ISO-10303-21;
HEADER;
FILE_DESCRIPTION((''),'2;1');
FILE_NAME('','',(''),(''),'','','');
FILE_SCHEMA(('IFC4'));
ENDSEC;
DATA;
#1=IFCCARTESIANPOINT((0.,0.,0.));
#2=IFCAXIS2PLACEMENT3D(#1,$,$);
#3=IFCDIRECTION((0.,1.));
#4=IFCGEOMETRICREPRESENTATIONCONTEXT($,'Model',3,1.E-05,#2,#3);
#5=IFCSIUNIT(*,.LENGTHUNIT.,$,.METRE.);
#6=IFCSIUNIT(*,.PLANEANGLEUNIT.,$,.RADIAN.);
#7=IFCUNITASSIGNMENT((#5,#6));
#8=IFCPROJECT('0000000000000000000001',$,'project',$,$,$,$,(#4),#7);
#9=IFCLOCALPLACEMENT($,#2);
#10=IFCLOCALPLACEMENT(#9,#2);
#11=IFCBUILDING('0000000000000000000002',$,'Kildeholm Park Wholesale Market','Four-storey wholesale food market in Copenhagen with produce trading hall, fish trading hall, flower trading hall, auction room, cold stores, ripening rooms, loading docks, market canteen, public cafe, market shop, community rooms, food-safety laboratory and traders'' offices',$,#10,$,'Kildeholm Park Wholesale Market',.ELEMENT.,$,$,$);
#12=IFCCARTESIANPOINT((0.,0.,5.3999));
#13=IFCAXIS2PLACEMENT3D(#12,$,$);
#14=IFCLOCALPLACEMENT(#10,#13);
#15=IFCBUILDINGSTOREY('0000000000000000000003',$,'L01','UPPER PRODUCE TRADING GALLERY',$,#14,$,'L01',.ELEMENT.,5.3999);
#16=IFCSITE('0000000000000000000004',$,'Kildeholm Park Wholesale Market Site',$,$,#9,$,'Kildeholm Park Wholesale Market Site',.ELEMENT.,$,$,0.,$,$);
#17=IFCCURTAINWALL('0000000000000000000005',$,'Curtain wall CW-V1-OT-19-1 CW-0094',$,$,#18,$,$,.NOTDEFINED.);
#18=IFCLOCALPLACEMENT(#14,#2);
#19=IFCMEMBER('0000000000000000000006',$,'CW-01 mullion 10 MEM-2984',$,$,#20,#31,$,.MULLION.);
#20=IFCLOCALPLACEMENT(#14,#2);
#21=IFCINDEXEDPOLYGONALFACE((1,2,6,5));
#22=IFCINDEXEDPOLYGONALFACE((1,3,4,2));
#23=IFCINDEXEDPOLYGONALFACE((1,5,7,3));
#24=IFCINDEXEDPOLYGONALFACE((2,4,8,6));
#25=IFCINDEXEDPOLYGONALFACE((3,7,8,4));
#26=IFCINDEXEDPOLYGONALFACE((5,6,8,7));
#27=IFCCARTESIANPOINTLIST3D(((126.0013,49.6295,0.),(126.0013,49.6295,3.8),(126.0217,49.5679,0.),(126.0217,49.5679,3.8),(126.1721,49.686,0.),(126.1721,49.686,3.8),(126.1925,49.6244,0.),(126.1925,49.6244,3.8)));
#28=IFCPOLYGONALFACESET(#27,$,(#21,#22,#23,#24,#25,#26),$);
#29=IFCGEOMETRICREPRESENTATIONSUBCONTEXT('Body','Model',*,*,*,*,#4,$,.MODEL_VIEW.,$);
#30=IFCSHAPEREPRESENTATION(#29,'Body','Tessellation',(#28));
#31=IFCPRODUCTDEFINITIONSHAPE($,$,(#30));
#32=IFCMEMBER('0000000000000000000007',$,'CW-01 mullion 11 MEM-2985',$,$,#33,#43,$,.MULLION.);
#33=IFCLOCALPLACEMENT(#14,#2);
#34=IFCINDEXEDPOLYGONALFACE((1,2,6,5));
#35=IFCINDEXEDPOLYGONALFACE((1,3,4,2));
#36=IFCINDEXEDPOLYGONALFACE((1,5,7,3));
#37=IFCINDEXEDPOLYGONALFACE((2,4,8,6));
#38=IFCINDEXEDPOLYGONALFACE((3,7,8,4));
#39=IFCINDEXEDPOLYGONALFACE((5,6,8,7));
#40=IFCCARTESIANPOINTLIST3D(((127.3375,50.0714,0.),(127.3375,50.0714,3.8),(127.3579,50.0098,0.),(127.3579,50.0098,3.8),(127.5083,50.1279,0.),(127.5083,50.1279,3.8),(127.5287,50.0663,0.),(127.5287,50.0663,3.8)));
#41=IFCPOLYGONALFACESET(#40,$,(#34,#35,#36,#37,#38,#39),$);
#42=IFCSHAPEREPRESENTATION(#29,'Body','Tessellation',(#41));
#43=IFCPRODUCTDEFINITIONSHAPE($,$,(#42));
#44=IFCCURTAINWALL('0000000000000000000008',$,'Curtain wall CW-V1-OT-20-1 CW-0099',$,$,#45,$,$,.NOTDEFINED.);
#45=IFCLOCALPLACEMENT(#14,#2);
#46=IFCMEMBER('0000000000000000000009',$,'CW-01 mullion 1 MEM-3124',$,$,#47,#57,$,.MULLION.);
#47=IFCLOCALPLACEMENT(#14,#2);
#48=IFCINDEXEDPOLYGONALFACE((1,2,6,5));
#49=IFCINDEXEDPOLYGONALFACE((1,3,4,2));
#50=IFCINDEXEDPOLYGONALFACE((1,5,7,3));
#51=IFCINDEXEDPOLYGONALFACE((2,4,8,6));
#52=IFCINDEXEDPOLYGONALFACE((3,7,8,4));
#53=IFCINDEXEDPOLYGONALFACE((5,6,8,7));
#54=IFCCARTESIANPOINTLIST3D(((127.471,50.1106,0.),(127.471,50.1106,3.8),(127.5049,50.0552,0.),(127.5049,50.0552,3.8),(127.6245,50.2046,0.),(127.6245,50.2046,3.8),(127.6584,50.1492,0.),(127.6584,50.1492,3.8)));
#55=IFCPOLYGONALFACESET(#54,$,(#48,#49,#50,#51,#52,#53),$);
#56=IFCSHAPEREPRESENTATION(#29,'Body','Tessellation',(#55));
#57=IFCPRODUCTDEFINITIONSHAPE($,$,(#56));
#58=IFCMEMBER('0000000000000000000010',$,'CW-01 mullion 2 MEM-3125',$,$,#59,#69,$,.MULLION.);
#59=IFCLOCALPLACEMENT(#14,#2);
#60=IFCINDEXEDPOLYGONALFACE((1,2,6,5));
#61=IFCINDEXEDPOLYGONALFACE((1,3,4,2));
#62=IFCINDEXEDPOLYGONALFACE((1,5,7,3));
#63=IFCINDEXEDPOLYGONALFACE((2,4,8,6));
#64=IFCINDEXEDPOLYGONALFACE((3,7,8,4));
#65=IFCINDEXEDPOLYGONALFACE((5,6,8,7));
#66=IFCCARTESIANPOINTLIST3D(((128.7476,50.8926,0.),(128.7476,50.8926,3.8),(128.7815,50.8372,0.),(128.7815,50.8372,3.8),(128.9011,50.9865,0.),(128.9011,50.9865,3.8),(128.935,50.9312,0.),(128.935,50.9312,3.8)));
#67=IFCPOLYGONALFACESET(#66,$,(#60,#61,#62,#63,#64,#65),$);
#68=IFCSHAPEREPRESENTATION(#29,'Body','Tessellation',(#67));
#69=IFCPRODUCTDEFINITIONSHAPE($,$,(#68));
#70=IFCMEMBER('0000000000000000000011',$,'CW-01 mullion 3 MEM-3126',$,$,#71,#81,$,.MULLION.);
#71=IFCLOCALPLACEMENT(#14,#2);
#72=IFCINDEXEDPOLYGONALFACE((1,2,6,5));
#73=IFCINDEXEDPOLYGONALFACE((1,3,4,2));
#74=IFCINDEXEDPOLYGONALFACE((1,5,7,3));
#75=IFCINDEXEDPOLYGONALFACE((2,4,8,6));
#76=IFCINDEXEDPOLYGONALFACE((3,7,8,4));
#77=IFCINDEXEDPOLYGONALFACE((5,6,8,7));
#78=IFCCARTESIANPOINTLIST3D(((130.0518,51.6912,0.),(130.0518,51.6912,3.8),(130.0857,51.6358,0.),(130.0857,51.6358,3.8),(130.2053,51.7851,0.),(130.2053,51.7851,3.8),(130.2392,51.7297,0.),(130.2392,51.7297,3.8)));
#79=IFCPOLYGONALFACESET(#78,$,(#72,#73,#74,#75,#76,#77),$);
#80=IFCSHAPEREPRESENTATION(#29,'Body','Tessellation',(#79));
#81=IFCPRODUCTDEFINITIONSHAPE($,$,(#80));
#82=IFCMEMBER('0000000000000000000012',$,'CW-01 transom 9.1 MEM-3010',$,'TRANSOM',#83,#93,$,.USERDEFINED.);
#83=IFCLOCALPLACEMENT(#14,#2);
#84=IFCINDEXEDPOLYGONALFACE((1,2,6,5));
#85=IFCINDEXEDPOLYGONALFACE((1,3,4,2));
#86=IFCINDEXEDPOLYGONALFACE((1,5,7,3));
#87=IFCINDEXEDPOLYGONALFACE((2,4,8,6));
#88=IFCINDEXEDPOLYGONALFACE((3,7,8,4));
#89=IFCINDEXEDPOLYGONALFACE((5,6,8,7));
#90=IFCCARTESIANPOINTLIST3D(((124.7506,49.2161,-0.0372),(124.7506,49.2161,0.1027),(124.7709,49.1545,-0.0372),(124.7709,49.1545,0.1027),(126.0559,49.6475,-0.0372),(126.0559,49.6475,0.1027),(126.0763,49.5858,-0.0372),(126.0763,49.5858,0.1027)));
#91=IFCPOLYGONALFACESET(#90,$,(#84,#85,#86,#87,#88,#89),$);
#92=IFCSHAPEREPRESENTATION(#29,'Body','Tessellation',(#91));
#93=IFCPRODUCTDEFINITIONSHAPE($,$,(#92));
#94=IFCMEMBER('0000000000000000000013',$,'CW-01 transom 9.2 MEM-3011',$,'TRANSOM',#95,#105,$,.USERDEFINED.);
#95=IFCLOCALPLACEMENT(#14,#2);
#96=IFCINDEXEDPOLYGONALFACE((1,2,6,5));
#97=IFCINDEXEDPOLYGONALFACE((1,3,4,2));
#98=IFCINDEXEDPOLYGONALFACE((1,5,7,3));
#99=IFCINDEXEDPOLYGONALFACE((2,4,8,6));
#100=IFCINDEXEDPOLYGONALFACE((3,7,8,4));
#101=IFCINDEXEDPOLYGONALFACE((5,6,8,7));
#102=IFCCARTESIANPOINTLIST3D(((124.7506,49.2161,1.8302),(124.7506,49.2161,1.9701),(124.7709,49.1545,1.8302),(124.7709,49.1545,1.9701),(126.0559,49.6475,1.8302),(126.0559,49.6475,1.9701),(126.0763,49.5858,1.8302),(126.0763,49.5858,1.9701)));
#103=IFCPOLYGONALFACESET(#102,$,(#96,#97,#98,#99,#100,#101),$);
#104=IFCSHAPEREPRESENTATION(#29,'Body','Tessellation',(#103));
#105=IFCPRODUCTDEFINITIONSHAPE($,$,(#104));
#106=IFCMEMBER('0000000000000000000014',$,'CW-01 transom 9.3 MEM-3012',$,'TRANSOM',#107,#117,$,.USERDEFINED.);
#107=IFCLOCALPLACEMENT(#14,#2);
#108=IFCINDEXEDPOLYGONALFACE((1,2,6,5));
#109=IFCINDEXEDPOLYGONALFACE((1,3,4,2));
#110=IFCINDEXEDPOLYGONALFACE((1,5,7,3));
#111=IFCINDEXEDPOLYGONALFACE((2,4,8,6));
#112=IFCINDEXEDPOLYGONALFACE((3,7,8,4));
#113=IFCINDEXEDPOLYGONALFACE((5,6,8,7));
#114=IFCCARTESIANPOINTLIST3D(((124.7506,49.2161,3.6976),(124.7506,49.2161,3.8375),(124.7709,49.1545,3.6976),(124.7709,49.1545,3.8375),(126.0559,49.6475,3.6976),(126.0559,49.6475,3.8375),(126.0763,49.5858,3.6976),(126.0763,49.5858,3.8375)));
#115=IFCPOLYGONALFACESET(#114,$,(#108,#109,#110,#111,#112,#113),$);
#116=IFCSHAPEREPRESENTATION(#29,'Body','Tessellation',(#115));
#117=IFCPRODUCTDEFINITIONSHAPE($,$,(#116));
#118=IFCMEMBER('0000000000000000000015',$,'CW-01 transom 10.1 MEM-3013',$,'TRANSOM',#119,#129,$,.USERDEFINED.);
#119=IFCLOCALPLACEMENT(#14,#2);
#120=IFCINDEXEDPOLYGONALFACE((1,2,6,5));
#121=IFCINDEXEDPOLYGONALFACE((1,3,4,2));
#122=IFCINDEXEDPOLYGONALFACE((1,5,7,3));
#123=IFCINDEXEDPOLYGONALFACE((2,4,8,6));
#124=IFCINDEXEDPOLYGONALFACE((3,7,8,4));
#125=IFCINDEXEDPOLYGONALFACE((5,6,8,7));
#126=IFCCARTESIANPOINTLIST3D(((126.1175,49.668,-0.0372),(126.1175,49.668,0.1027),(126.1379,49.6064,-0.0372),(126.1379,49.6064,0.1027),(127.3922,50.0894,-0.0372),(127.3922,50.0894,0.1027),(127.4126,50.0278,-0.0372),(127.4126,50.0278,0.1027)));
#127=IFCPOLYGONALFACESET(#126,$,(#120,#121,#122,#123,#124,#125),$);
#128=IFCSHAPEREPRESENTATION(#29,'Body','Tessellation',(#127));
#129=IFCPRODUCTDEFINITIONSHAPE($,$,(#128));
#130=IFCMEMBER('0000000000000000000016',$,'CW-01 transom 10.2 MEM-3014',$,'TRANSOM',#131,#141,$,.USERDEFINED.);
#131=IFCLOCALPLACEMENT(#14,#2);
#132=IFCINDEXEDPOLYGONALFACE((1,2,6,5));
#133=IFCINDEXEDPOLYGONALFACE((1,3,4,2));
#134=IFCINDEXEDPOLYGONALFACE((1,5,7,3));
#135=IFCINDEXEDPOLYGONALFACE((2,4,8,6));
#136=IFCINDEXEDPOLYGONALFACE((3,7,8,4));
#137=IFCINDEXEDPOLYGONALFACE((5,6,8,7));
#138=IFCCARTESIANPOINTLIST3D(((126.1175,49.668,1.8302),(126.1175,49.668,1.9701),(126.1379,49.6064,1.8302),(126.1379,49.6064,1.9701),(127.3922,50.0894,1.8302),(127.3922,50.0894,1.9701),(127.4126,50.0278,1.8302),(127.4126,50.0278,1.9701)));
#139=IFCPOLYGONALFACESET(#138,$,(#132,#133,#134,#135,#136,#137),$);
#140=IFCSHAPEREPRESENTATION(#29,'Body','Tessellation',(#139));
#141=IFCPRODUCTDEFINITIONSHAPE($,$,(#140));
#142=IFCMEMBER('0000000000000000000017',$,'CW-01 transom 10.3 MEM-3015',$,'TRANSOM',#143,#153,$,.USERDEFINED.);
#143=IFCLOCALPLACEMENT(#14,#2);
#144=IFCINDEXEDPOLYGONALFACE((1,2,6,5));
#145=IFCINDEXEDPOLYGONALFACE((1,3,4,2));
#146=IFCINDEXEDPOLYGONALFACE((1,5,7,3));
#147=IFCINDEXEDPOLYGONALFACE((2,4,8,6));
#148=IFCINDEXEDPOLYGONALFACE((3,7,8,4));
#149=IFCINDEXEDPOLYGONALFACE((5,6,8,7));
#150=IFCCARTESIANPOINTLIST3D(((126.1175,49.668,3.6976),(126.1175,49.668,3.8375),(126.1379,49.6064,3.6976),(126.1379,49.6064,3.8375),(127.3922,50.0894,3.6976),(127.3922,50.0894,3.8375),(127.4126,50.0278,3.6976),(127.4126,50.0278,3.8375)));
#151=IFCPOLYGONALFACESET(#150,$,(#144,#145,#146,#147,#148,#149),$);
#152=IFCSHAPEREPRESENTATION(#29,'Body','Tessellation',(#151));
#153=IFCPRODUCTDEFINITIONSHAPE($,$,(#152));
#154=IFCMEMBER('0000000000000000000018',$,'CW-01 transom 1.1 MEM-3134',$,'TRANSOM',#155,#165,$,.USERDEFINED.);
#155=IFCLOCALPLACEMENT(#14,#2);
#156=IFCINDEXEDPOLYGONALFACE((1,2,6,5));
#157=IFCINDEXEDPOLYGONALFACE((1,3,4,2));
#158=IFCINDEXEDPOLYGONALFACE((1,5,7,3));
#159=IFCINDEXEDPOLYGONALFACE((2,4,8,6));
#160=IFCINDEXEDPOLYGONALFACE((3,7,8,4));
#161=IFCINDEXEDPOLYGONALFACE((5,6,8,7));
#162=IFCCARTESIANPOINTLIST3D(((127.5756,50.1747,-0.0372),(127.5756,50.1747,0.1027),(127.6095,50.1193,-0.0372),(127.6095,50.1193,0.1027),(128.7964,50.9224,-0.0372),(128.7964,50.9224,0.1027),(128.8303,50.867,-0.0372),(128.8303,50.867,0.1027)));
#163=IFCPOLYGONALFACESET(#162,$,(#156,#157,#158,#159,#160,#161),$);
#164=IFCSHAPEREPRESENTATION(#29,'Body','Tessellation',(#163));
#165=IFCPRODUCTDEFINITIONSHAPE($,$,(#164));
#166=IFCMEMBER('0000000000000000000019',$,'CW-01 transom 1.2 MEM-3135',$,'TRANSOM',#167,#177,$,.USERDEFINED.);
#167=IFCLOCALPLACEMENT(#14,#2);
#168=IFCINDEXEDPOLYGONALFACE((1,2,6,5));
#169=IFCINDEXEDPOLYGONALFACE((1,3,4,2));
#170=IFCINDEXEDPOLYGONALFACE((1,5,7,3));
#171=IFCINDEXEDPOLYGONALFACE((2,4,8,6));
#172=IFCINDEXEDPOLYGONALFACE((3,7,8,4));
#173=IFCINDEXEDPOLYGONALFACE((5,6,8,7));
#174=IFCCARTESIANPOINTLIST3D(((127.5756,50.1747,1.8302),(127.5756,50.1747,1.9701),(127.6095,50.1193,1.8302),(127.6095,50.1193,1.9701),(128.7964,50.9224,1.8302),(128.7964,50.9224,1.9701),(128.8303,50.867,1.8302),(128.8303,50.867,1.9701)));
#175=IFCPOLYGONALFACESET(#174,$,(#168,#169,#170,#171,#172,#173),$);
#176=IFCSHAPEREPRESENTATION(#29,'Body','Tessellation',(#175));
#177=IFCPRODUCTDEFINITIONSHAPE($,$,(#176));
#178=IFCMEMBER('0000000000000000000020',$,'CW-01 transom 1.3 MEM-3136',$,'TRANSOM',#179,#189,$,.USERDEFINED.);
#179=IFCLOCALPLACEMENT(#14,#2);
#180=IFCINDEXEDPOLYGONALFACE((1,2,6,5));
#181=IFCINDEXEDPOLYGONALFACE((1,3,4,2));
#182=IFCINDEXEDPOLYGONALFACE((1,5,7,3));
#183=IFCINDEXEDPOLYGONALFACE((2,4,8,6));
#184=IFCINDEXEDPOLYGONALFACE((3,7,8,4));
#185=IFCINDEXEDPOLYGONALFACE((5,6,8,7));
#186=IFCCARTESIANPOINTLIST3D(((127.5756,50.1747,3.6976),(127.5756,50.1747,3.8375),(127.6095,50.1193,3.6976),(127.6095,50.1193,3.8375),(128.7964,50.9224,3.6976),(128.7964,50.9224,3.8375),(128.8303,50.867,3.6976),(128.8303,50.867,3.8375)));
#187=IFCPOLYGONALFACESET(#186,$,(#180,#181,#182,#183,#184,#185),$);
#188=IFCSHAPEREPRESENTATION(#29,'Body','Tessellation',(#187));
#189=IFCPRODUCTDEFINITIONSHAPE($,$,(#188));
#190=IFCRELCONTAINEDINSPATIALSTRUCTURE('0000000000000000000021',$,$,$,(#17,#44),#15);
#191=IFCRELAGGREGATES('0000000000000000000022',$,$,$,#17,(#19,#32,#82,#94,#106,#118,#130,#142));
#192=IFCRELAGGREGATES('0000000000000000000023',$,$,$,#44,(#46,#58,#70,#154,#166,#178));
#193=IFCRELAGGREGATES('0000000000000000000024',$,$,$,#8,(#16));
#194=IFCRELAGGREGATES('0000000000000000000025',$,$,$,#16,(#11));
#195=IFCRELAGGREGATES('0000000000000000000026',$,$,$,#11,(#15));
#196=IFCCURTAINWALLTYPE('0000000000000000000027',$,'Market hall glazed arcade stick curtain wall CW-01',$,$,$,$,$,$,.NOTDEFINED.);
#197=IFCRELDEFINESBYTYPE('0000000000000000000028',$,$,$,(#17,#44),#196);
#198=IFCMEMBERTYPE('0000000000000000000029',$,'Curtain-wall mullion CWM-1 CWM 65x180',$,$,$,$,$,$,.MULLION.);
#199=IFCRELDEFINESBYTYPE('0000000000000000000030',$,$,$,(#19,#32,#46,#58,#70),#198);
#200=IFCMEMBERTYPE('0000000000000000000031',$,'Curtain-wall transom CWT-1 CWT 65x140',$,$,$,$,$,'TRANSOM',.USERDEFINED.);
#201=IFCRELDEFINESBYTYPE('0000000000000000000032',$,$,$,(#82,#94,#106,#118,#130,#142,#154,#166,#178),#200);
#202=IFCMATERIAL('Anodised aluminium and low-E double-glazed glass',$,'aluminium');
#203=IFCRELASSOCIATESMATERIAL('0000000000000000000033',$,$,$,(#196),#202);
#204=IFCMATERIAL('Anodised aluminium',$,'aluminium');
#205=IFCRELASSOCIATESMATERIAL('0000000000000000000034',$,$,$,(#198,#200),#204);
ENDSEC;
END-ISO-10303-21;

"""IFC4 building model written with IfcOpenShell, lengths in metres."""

from ifc_helpers import new_model, si_unit, direction, frame, origin, origin_2d, place, context, subcontext, project, spatial, rectangle, extrude, material, material_profile, profile_set, type_object, element, aggregate, save


model = new_model("IFC4")

# Units and contexts
model_context = context("Model", 3, precision=1e-05, world=origin(), true_north=direction((0.0, 1.0)))
body_context = subcontext(model_context, "Body", "Model", "MODEL_VIEW")
ifc_project = project(units=[si_unit("LENGTHUNIT", "METRE"), si_unit("PLANEANGLEUNIT", "RADIAN")], contexts=[model_context])

# Site, building, storey
site_placement = place(None, origin())
site = spatial("IfcSite", under=ifc_project, at=site_placement, Name="Kildeholm Park Wholesale Market Site", LongName="Kildeholm Park Wholesale Market Site", CompositionType="ELEMENT", RefElevation=0.0)
building_placement = place(site_placement, origin())
building = spatial("IfcBuilding", under=site, at=building_placement, Name="Kildeholm Park Wholesale Market", Description="Four-storey wholesale food market in Copenhagen with produce trading hall, fish trading hall, flower trading hall, auction room, cold stores, ripening rooms, loading docks, market canteen, public cafe, market shop, community rooms, food-safety laboratory and traders' offices", LongName="Kildeholm Park Wholesale Market", CompositionType="ELEMENT")
storey_placement = place(building_placement, frame((0.0, 0.0, 5.3999)))
storey = spatial("IfcBuildingStorey", under=building, at=storey_placement, Name="L01", Description="UPPER PRODUCE TRADING GALLERY", LongName="L01", CompositionType="ELEMENT", Elevation=5.3999)

# Curtain walls, members
ifc_material_1 = material(Name="Anodised aluminium and low-E double-glazed glass", Category="aluminium")
curtain_wall_type = type_object("IfcCurtainWallType", Name="Market hall glazed arcade stick curtain wall CW-01", PredefinedType="NOTDEFINED", material=ifc_material_1)
curtain_wall_1_placement = place(storey_placement, origin())
curtain_wall_1 = element("IfcCurtainWall", 1, at=curtain_wall_1_placement, inside=storey, type_object=curtain_wall_type, Name="Curtain wall CW-V1-OT-19-1 CW-0094", PredefinedType="NOTDEFINED")
ifc_material_2 = material(Name="Anodised aluminium", Category="aluminium")
ifc_material_profile_1 = material_profile(ifc_material_2, rectangle(XDim=0.0649, YDim=0.1799, at=origin_2d()), Name="CWM 65x180")
ifc_profile_set_1 = profile_set([ifc_material_profile_1], Name="Anodised aluminium")
member_type_1 = type_object("IfcMemberType", Name="Curtain-wall mullion CWM-1 CWM 65x180", PredefinedType="MULLION", material=ifc_profile_set_1)
member_1_placement = place(storey_placement, frame((126.0969, 49.627, 0.0), z_axis=(0.0, 0.0, 1.0), x_axis=(-0.313914, 0.949451, 0.0)))
member_1 = element("IfcMember", 2, at=member_1_placement, type_object=member_type_1, Name="CW-01 mullion 10 MEM-2984", PredefinedType="MULLION", context=body_context, shape_type="SweptSolid", body=[
    extrude(rectangle(XDim=0.0649, YDim=0.1799, at=origin_2d()), origin(), (0.0, 0.0, 1.0), 3.8),
])
member_2_placement = place(storey_placement, frame((127.4331, 50.0688, 0.0), z_axis=(0.0, 0.0, 1.0), x_axis=(-0.313914, 0.949451, 0.0)))
member_2 = element("IfcMember", 3, at=member_2_placement, type_object=member_type_1, Name="CW-01 mullion 11 MEM-2985", PredefinedType="MULLION", context=body_context, shape_type="SweptSolid", body=[
    extrude(rectangle(XDim=0.0649, YDim=0.1799, at=origin_2d()), origin(), (0.0, 0.0, 1.0), 3.8),
])
curtain_wall_2_placement = place(storey_placement, origin())
curtain_wall_2 = element("IfcCurtainWall", 4, at=curtain_wall_2_placement, inside=storey, type_object=curtain_wall_type, Name="Curtain wall CW-V1-OT-20-1 CW-0099", PredefinedType="NOTDEFINED")
member_3_placement = place(storey_placement, frame((127.5647, 50.1299, 0.0), z_axis=(0.0, 0.0, 1.0), x_axis=(-0.522284, 0.852771, 0.0)))
member_3 = element("IfcMember", 5, at=member_3_placement, type_object=member_type_1, Name="CW-01 mullion 1 MEM-3124", PredefinedType="MULLION", context=body_context, shape_type="SweptSolid", body=[
    extrude(rectangle(XDim=0.0649, YDim=0.1799, at=origin_2d()), origin(), (0.0, 0.0, 1.0), 3.8),
])
member_4_placement = place(storey_placement, frame((128.8413, 50.9119, 0.0), z_axis=(0.0, 0.0, 1.0), x_axis=(-0.522284, 0.852771, 0.0)))
member_4 = element("IfcMember", 6, at=member_4_placement, type_object=member_type_1, Name="CW-01 mullion 2 MEM-3125", PredefinedType="MULLION", context=body_context, shape_type="SweptSolid", body=[
    extrude(rectangle(XDim=0.0649, YDim=0.1799, at=origin_2d()), origin(), (0.0, 0.0, 1.0), 3.8),
])
member_5_placement = place(storey_placement, frame((130.1455, 51.7104, 0.0), z_axis=(0.0, 0.0, 1.0), x_axis=(-0.522284, 0.852771, 0.0)))
member_5 = element("IfcMember", 7, at=member_5_placement, type_object=member_type_1, Name="CW-01 mullion 3 MEM-3126", PredefinedType="MULLION", context=body_context, shape_type="SweptSolid", body=[
    extrude(rectangle(XDim=0.0649, YDim=0.1799, at=origin_2d()), origin(), (0.0, 0.0, 1.0), 3.8),
])

# Members
ifc_material_profile_2 = material_profile(ifc_material_2, rectangle(XDim=0.0649, YDim=0.1399, at=origin_2d()), Name="CWT 65x140")
ifc_profile_set_2 = profile_set([ifc_material_profile_2], Name="Anodised aluminium")
member_type_2 = type_object("IfcMemberType", Name="Curtain-wall transom CWT-1 CWT 65x140", ElementType="TRANSOM", PredefinedType="USERDEFINED", material=ifc_profile_set_2)
member_6_placement = place(storey_placement, frame((124.7607, 49.1853, 0.0327), z_axis=(0.949497, 0.313776, 0.0), x_axis=(-0.313776, 0.949497, 0.0)))
member_6 = element("IfcMember", 8, at=member_6_placement, type_object=member_type_2, Name="CW-01 transom 9.1 MEM-3010", ObjectType="TRANSOM", PredefinedType="USERDEFINED", context=body_context, shape_type="SweptSolid", body=[
    extrude(rectangle(XDim=0.0649, YDim=0.1399, at=origin_2d()), origin(), (0.0, 0.0, 1.0), 1.3748),
])
member_7_placement = place(storey_placement, frame((124.7607, 49.1853, 1.9001), z_axis=(0.949497, 0.313776, 0.0), x_axis=(-0.313776, 0.949497, 0.0)))
member_7 = element("IfcMember", 9, at=member_7_placement, type_object=member_type_2, Name="CW-01 transom 9.2 MEM-3011", ObjectType="TRANSOM", PredefinedType="USERDEFINED", context=body_context, shape_type="SweptSolid", body=[
    extrude(rectangle(XDim=0.0649, YDim=0.1399, at=origin_2d()), origin(), (0.0, 0.0, 1.0), 1.3748),
])
member_8_placement = place(storey_placement, frame((124.7607, 49.1853, 3.7676), z_axis=(0.949497, 0.313776, 0.0), x_axis=(-0.313776, 0.949497, 0.0)))
member_8 = element("IfcMember", 10, at=member_8_placement, type_object=member_type_2, Name="CW-01 transom 9.3 MEM-3012", ObjectType="TRANSOM", PredefinedType="USERDEFINED", context=body_context, shape_type="SweptSolid", body=[
    extrude(rectangle(XDim=0.0649, YDim=0.1399, at=origin_2d()), origin(), (0.0, 0.0, 1.0), 1.3748),
])
member_9_placement = place(storey_placement, frame((126.1277, 49.6372, 0.0327), z_axis=(0.949462, 0.313881, 0.0), x_axis=(-0.313881, 0.949462, 0.0)))
member_9 = element("IfcMember", 11, at=member_9_placement, type_object=member_type_2, Name="CW-01 transom 10.1 MEM-3013", ObjectType="TRANSOM", PredefinedType="USERDEFINED", context=body_context, shape_type="SweptSolid", body=[
    extrude(rectangle(XDim=0.0649, YDim=0.1399, at=origin_2d()), origin(), (0.0, 0.0, 1.0), 1.3425),
])
member_10_placement = place(storey_placement, frame((126.1277, 49.6372, 1.9001), z_axis=(0.949462, 0.313881, 0.0), x_axis=(-0.313881, 0.949462, 0.0)))
member_10 = element("IfcMember", 12, at=member_10_placement, type_object=member_type_2, Name="CW-01 transom 10.2 MEM-3014", ObjectType="TRANSOM", PredefinedType="USERDEFINED", context=body_context, shape_type="SweptSolid", body=[
    extrude(rectangle(XDim=0.0649, YDim=0.1399, at=origin_2d()), origin(), (0.0, 0.0, 1.0), 1.3425),
])
member_11_placement = place(storey_placement, frame((126.1277, 49.6372, 3.7676), z_axis=(0.949462, 0.313881, 0.0), x_axis=(-0.313881, 0.949462, 0.0)))
member_11 = element("IfcMember", 13, at=member_11_placement, type_object=member_type_2, Name="CW-01 transom 10.3 MEM-3015", ObjectType="TRANSOM", PredefinedType="USERDEFINED", context=body_context, shape_type="SweptSolid", body=[
    extrude(rectangle(XDim=0.0649, YDim=0.1399, at=origin_2d()), origin(), (0.0, 0.0, 1.0), 1.3425),
])
member_12_placement = place(storey_placement, frame((127.5925, 50.147, 0.0327), z_axis=(0.852763, 0.522298, 0.0), x_axis=(-0.522298, 0.852763, 0.0)))
member_12 = element("IfcMember", 14, at=member_12_placement, type_object=member_type_2, Name="CW-01 transom 1.1 MEM-3134", ObjectType="TRANSOM", PredefinedType="USERDEFINED", context=body_context, shape_type="SweptSolid", body=[
    extrude(rectangle(XDim=0.0649, YDim=0.1399, at=origin_2d()), origin(), (0.0, 0.0, 1.0), 1.4316),
])
member_13_placement = place(storey_placement, frame((127.5925, 50.147, 1.9001), z_axis=(0.852763, 0.522298, 0.0), x_axis=(-0.522298, 0.852763, 0.0)))
member_13 = element("IfcMember", 15, at=member_13_placement, type_object=member_type_2, Name="CW-01 transom 1.2 MEM-3135", ObjectType="TRANSOM", PredefinedType="USERDEFINED", context=body_context, shape_type="SweptSolid", body=[
    extrude(rectangle(XDim=0.0649, YDim=0.1399, at=origin_2d()), origin(), (0.0, 0.0, 1.0), 1.4316),
])
member_14_placement = place(storey_placement, frame((127.5925, 50.147, 3.7676), z_axis=(0.852763, 0.522298, 0.0), x_axis=(-0.522298, 0.852763, 0.0)))
member_14 = element("IfcMember", 16, at=member_14_placement, type_object=member_type_2, Name="CW-01 transom 1.3 MEM-3136", ObjectType="TRANSOM", PredefinedType="USERDEFINED", context=body_context, shape_type="SweptSolid", body=[
    extrude(rectangle(XDim=0.0649, YDim=0.1399, at=origin_2d()), origin(), (0.0, 0.0, 1.0), 1.4316),
])

aggregate(curtain_wall_1, [member_1, member_2, member_6, member_7, member_8, member_9, member_10, member_11])
aggregate(curtain_wall_2, [member_3, member_4, member_5, member_12, member_13, member_14])

save(model, "model.ifc")
